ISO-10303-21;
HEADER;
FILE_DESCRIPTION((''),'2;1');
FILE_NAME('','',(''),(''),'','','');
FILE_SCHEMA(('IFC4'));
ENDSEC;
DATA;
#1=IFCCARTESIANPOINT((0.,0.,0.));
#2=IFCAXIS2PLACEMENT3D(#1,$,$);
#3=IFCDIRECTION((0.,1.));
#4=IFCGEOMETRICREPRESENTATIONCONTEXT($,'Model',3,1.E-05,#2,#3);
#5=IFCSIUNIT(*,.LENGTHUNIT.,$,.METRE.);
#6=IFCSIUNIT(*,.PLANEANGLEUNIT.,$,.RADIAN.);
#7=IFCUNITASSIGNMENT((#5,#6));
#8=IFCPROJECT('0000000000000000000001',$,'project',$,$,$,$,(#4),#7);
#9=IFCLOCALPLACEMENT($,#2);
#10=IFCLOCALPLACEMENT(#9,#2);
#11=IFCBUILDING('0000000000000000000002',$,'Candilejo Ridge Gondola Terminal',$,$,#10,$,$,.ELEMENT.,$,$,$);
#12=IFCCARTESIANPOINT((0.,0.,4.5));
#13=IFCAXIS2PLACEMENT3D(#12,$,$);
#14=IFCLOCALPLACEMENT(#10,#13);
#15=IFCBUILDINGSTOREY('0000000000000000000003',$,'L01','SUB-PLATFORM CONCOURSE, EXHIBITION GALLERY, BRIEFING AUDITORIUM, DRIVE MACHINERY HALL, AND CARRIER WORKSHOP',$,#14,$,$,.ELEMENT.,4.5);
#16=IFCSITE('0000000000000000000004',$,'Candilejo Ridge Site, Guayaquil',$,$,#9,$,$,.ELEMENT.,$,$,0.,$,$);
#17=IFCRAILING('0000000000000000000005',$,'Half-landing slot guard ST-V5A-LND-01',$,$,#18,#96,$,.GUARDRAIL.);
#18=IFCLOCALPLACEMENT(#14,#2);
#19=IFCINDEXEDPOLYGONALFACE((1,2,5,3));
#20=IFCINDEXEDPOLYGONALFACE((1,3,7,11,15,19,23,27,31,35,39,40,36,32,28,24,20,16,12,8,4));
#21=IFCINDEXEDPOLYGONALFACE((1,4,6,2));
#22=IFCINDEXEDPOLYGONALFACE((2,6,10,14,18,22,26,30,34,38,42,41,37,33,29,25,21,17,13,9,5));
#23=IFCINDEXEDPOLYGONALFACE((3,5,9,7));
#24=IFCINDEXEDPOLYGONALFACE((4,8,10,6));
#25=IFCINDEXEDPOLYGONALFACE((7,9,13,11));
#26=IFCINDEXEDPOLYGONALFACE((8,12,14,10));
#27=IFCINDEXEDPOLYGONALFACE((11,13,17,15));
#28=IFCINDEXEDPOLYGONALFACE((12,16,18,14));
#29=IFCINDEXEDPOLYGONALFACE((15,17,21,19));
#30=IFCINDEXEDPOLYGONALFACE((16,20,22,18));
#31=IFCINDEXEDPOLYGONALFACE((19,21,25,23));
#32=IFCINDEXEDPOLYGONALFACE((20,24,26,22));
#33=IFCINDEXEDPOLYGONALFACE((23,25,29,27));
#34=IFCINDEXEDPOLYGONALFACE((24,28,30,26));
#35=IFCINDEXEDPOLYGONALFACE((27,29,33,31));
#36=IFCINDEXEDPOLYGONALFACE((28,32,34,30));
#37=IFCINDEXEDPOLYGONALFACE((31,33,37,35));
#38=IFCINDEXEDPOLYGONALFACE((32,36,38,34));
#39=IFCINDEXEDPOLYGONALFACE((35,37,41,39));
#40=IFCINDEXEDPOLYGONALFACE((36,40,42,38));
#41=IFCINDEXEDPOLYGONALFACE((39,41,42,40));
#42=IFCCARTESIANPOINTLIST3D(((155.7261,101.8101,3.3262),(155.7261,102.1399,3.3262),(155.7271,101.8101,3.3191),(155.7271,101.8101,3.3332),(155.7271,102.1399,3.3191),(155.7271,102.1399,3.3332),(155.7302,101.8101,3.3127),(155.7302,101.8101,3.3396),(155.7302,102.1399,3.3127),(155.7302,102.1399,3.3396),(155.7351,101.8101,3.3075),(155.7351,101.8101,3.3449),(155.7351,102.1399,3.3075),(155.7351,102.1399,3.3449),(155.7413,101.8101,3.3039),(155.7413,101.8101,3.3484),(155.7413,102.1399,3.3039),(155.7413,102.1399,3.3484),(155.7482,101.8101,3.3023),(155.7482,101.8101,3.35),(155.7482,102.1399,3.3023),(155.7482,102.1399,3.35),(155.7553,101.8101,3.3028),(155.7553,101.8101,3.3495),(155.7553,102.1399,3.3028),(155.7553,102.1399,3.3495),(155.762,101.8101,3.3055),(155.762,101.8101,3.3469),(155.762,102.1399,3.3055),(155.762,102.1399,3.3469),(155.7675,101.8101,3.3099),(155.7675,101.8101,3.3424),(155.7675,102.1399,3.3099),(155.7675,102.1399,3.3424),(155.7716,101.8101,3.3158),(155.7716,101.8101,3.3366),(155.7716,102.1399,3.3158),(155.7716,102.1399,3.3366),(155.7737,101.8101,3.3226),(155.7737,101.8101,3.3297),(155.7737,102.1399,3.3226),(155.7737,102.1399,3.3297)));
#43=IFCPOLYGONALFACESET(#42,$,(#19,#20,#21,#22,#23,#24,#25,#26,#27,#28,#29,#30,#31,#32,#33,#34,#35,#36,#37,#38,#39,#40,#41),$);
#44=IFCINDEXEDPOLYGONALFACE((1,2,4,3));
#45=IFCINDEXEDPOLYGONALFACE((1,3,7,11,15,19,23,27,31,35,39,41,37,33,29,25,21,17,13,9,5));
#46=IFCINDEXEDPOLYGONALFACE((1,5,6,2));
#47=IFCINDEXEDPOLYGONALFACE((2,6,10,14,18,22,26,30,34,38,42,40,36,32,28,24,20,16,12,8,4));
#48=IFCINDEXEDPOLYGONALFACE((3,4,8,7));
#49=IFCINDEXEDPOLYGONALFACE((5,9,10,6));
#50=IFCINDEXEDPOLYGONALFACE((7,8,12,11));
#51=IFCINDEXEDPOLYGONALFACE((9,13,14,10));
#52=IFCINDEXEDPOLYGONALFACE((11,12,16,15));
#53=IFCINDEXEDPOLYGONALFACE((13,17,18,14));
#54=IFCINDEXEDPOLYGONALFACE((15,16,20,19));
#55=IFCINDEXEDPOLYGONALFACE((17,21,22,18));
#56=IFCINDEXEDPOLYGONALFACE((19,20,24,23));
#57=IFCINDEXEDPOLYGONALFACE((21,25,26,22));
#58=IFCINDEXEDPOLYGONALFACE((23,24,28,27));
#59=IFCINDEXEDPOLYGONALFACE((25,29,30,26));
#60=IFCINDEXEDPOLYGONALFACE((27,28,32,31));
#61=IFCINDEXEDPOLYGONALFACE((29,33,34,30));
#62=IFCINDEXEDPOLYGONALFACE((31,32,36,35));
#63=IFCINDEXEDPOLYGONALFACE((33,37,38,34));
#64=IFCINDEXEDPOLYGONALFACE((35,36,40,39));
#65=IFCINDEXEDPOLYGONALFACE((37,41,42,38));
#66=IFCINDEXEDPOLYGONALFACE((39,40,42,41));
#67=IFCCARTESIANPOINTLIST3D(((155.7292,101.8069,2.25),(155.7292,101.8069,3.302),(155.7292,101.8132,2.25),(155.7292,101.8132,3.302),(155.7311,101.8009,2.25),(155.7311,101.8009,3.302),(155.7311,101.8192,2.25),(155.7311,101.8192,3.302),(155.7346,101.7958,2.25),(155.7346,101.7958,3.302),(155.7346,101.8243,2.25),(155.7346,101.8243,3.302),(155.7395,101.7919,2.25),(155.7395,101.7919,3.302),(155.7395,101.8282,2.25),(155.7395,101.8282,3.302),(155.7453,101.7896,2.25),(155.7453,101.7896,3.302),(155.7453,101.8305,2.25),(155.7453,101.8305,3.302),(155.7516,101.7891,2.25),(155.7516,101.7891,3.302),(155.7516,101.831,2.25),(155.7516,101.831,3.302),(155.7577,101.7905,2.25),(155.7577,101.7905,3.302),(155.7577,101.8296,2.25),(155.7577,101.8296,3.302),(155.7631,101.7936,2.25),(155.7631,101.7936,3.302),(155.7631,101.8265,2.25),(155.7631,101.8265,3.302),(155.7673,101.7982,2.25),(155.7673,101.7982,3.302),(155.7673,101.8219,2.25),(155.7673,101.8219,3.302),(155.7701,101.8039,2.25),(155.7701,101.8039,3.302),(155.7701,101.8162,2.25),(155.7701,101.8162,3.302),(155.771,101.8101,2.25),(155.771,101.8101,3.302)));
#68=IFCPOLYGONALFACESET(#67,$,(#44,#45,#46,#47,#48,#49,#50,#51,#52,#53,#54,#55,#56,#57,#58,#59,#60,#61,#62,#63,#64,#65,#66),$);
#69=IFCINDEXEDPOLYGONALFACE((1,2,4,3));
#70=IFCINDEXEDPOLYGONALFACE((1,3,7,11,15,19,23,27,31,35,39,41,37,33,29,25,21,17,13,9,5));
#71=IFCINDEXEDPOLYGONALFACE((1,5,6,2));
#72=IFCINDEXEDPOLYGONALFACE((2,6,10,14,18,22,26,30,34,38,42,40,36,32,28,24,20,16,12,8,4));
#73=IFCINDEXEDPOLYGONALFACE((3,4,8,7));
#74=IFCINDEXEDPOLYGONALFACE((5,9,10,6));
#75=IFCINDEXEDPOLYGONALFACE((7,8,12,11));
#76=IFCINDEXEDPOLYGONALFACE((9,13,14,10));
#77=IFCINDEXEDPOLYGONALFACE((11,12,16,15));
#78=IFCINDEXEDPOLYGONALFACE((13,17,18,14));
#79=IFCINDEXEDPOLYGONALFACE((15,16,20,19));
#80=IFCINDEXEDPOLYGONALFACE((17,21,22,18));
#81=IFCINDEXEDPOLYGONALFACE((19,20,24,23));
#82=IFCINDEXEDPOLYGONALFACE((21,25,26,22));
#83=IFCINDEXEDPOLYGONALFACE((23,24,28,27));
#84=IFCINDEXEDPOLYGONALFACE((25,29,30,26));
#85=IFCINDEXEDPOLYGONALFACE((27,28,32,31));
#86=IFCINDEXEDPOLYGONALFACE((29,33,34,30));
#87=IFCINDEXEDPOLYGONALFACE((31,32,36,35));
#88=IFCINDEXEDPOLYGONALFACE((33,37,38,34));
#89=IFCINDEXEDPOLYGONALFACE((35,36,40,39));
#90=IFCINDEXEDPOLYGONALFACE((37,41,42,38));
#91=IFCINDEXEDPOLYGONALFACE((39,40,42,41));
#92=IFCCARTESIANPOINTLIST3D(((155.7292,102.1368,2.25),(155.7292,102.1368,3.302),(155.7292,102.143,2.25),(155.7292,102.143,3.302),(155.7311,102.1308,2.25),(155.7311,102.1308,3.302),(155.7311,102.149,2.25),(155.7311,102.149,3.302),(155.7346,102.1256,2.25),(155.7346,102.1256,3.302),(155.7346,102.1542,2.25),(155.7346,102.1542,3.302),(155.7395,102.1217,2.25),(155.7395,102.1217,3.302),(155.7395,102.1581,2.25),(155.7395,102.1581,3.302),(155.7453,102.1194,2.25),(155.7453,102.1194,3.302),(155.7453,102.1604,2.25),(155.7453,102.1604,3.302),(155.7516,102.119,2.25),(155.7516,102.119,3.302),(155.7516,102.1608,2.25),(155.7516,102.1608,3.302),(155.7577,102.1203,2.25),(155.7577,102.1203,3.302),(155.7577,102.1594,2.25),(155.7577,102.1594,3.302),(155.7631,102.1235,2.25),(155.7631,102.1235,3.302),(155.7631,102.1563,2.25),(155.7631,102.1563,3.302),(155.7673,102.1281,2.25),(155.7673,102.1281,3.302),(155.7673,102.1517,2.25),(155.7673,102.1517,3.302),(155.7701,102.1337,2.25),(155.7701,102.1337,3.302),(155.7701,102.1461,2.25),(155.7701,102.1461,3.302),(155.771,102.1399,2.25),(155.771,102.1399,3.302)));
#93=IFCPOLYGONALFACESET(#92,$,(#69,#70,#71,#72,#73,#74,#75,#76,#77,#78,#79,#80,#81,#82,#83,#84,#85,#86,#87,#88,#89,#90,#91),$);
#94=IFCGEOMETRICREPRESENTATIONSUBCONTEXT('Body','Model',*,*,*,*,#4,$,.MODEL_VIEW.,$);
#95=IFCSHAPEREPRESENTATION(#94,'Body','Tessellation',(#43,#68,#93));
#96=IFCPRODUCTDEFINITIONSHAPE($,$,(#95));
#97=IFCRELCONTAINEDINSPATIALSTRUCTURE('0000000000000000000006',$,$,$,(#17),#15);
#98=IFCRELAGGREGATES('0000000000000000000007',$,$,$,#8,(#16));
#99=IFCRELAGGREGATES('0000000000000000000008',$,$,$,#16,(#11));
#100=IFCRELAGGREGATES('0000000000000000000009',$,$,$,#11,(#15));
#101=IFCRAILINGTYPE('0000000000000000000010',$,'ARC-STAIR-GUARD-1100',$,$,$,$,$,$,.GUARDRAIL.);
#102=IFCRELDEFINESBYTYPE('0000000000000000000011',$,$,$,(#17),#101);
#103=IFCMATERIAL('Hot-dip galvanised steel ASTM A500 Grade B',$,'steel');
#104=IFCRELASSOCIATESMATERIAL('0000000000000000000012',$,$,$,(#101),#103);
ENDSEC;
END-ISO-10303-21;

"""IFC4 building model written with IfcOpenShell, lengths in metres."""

from ifc_helpers import new_model, si_unit, direction, frame, origin, origin_2d, place, context, subcontext, project, spatial, circle, extrude, material, type_object, element, save


model = new_model("IFC4")

# Units and contexts
model_context = context("Model", 3, precision=1e-05, world=origin(), true_north=direction((0.0, 1.0)))
body_context = subcontext(model_context, "Body", "Model", "MODEL_VIEW")
ifc_project = project(units=[si_unit("LENGTHUNIT", "METRE"), si_unit("PLANEANGLEUNIT", "RADIAN")], contexts=[model_context])

# Site, building, storey
site_placement = place(None, origin())
site = spatial("IfcSite", under=ifc_project, at=site_placement, Name="Candilejo Ridge Site, Guayaquil", CompositionType="ELEMENT", RefElevation=0.0)
building_placement = place(site_placement, origin())
building = spatial("IfcBuilding", under=site, at=building_placement, Name="Candilejo Ridge Gondola Terminal", CompositionType="ELEMENT")
storey_placement = place(building_placement, frame((0.0, 0.0, 4.5)))
storey = spatial("IfcBuildingStorey", under=building, at=storey_placement, Name="L01", Description="SUB-PLATFORM CONCOURSE, EXHIBITION GALLERY, BRIEFING AUDITORIUM, DRIVE MACHINERY HALL, AND CARRIER WORKSHOP", CompositionType="ELEMENT", Elevation=4.5)

# Railing
ifc_material_1 = material(Name="Hot-dip galvanised steel ASTM A500 Grade B", Category="steel")
railing_type_1 = type_object("IfcRailingType", Name="ARC-STAIR-GUARD-1100", PredefinedType="GUARDRAIL", material=ifc_material_1)
railing_1_placement = place(storey_placement, frame((155.75, 101.8101, 2.25)))
element("IfcRailing", 1, at=railing_1_placement, inside=storey, type_object=railing_type_1, Name="Half-landing slot guard ST-V5A-LND-01", PredefinedType="GUARDRAIL", context=body_context, shape_type="SweptSolid", body=[
    extrude(circle(Radius=0.0239, at=origin_2d()), frame((0.0, 0.0, 1.0762), z_axis=(0.0, 1.0, 0.0), x_axis=(-1.0, 0.0, 0.0)), (0.0, 0.0, 1.0), 0.3298),
    extrude(circle(Radius=0.021, at=origin_2d()), origin(), (0.0, 0.0, 1.0), 1.052),
    extrude(circle(Radius=0.021, at=origin_2d()), frame((0.0, 0.3298, 0.0)), (0.0, 0.0, 1.0), 1.052),
])

save(model, "model.ifc")
